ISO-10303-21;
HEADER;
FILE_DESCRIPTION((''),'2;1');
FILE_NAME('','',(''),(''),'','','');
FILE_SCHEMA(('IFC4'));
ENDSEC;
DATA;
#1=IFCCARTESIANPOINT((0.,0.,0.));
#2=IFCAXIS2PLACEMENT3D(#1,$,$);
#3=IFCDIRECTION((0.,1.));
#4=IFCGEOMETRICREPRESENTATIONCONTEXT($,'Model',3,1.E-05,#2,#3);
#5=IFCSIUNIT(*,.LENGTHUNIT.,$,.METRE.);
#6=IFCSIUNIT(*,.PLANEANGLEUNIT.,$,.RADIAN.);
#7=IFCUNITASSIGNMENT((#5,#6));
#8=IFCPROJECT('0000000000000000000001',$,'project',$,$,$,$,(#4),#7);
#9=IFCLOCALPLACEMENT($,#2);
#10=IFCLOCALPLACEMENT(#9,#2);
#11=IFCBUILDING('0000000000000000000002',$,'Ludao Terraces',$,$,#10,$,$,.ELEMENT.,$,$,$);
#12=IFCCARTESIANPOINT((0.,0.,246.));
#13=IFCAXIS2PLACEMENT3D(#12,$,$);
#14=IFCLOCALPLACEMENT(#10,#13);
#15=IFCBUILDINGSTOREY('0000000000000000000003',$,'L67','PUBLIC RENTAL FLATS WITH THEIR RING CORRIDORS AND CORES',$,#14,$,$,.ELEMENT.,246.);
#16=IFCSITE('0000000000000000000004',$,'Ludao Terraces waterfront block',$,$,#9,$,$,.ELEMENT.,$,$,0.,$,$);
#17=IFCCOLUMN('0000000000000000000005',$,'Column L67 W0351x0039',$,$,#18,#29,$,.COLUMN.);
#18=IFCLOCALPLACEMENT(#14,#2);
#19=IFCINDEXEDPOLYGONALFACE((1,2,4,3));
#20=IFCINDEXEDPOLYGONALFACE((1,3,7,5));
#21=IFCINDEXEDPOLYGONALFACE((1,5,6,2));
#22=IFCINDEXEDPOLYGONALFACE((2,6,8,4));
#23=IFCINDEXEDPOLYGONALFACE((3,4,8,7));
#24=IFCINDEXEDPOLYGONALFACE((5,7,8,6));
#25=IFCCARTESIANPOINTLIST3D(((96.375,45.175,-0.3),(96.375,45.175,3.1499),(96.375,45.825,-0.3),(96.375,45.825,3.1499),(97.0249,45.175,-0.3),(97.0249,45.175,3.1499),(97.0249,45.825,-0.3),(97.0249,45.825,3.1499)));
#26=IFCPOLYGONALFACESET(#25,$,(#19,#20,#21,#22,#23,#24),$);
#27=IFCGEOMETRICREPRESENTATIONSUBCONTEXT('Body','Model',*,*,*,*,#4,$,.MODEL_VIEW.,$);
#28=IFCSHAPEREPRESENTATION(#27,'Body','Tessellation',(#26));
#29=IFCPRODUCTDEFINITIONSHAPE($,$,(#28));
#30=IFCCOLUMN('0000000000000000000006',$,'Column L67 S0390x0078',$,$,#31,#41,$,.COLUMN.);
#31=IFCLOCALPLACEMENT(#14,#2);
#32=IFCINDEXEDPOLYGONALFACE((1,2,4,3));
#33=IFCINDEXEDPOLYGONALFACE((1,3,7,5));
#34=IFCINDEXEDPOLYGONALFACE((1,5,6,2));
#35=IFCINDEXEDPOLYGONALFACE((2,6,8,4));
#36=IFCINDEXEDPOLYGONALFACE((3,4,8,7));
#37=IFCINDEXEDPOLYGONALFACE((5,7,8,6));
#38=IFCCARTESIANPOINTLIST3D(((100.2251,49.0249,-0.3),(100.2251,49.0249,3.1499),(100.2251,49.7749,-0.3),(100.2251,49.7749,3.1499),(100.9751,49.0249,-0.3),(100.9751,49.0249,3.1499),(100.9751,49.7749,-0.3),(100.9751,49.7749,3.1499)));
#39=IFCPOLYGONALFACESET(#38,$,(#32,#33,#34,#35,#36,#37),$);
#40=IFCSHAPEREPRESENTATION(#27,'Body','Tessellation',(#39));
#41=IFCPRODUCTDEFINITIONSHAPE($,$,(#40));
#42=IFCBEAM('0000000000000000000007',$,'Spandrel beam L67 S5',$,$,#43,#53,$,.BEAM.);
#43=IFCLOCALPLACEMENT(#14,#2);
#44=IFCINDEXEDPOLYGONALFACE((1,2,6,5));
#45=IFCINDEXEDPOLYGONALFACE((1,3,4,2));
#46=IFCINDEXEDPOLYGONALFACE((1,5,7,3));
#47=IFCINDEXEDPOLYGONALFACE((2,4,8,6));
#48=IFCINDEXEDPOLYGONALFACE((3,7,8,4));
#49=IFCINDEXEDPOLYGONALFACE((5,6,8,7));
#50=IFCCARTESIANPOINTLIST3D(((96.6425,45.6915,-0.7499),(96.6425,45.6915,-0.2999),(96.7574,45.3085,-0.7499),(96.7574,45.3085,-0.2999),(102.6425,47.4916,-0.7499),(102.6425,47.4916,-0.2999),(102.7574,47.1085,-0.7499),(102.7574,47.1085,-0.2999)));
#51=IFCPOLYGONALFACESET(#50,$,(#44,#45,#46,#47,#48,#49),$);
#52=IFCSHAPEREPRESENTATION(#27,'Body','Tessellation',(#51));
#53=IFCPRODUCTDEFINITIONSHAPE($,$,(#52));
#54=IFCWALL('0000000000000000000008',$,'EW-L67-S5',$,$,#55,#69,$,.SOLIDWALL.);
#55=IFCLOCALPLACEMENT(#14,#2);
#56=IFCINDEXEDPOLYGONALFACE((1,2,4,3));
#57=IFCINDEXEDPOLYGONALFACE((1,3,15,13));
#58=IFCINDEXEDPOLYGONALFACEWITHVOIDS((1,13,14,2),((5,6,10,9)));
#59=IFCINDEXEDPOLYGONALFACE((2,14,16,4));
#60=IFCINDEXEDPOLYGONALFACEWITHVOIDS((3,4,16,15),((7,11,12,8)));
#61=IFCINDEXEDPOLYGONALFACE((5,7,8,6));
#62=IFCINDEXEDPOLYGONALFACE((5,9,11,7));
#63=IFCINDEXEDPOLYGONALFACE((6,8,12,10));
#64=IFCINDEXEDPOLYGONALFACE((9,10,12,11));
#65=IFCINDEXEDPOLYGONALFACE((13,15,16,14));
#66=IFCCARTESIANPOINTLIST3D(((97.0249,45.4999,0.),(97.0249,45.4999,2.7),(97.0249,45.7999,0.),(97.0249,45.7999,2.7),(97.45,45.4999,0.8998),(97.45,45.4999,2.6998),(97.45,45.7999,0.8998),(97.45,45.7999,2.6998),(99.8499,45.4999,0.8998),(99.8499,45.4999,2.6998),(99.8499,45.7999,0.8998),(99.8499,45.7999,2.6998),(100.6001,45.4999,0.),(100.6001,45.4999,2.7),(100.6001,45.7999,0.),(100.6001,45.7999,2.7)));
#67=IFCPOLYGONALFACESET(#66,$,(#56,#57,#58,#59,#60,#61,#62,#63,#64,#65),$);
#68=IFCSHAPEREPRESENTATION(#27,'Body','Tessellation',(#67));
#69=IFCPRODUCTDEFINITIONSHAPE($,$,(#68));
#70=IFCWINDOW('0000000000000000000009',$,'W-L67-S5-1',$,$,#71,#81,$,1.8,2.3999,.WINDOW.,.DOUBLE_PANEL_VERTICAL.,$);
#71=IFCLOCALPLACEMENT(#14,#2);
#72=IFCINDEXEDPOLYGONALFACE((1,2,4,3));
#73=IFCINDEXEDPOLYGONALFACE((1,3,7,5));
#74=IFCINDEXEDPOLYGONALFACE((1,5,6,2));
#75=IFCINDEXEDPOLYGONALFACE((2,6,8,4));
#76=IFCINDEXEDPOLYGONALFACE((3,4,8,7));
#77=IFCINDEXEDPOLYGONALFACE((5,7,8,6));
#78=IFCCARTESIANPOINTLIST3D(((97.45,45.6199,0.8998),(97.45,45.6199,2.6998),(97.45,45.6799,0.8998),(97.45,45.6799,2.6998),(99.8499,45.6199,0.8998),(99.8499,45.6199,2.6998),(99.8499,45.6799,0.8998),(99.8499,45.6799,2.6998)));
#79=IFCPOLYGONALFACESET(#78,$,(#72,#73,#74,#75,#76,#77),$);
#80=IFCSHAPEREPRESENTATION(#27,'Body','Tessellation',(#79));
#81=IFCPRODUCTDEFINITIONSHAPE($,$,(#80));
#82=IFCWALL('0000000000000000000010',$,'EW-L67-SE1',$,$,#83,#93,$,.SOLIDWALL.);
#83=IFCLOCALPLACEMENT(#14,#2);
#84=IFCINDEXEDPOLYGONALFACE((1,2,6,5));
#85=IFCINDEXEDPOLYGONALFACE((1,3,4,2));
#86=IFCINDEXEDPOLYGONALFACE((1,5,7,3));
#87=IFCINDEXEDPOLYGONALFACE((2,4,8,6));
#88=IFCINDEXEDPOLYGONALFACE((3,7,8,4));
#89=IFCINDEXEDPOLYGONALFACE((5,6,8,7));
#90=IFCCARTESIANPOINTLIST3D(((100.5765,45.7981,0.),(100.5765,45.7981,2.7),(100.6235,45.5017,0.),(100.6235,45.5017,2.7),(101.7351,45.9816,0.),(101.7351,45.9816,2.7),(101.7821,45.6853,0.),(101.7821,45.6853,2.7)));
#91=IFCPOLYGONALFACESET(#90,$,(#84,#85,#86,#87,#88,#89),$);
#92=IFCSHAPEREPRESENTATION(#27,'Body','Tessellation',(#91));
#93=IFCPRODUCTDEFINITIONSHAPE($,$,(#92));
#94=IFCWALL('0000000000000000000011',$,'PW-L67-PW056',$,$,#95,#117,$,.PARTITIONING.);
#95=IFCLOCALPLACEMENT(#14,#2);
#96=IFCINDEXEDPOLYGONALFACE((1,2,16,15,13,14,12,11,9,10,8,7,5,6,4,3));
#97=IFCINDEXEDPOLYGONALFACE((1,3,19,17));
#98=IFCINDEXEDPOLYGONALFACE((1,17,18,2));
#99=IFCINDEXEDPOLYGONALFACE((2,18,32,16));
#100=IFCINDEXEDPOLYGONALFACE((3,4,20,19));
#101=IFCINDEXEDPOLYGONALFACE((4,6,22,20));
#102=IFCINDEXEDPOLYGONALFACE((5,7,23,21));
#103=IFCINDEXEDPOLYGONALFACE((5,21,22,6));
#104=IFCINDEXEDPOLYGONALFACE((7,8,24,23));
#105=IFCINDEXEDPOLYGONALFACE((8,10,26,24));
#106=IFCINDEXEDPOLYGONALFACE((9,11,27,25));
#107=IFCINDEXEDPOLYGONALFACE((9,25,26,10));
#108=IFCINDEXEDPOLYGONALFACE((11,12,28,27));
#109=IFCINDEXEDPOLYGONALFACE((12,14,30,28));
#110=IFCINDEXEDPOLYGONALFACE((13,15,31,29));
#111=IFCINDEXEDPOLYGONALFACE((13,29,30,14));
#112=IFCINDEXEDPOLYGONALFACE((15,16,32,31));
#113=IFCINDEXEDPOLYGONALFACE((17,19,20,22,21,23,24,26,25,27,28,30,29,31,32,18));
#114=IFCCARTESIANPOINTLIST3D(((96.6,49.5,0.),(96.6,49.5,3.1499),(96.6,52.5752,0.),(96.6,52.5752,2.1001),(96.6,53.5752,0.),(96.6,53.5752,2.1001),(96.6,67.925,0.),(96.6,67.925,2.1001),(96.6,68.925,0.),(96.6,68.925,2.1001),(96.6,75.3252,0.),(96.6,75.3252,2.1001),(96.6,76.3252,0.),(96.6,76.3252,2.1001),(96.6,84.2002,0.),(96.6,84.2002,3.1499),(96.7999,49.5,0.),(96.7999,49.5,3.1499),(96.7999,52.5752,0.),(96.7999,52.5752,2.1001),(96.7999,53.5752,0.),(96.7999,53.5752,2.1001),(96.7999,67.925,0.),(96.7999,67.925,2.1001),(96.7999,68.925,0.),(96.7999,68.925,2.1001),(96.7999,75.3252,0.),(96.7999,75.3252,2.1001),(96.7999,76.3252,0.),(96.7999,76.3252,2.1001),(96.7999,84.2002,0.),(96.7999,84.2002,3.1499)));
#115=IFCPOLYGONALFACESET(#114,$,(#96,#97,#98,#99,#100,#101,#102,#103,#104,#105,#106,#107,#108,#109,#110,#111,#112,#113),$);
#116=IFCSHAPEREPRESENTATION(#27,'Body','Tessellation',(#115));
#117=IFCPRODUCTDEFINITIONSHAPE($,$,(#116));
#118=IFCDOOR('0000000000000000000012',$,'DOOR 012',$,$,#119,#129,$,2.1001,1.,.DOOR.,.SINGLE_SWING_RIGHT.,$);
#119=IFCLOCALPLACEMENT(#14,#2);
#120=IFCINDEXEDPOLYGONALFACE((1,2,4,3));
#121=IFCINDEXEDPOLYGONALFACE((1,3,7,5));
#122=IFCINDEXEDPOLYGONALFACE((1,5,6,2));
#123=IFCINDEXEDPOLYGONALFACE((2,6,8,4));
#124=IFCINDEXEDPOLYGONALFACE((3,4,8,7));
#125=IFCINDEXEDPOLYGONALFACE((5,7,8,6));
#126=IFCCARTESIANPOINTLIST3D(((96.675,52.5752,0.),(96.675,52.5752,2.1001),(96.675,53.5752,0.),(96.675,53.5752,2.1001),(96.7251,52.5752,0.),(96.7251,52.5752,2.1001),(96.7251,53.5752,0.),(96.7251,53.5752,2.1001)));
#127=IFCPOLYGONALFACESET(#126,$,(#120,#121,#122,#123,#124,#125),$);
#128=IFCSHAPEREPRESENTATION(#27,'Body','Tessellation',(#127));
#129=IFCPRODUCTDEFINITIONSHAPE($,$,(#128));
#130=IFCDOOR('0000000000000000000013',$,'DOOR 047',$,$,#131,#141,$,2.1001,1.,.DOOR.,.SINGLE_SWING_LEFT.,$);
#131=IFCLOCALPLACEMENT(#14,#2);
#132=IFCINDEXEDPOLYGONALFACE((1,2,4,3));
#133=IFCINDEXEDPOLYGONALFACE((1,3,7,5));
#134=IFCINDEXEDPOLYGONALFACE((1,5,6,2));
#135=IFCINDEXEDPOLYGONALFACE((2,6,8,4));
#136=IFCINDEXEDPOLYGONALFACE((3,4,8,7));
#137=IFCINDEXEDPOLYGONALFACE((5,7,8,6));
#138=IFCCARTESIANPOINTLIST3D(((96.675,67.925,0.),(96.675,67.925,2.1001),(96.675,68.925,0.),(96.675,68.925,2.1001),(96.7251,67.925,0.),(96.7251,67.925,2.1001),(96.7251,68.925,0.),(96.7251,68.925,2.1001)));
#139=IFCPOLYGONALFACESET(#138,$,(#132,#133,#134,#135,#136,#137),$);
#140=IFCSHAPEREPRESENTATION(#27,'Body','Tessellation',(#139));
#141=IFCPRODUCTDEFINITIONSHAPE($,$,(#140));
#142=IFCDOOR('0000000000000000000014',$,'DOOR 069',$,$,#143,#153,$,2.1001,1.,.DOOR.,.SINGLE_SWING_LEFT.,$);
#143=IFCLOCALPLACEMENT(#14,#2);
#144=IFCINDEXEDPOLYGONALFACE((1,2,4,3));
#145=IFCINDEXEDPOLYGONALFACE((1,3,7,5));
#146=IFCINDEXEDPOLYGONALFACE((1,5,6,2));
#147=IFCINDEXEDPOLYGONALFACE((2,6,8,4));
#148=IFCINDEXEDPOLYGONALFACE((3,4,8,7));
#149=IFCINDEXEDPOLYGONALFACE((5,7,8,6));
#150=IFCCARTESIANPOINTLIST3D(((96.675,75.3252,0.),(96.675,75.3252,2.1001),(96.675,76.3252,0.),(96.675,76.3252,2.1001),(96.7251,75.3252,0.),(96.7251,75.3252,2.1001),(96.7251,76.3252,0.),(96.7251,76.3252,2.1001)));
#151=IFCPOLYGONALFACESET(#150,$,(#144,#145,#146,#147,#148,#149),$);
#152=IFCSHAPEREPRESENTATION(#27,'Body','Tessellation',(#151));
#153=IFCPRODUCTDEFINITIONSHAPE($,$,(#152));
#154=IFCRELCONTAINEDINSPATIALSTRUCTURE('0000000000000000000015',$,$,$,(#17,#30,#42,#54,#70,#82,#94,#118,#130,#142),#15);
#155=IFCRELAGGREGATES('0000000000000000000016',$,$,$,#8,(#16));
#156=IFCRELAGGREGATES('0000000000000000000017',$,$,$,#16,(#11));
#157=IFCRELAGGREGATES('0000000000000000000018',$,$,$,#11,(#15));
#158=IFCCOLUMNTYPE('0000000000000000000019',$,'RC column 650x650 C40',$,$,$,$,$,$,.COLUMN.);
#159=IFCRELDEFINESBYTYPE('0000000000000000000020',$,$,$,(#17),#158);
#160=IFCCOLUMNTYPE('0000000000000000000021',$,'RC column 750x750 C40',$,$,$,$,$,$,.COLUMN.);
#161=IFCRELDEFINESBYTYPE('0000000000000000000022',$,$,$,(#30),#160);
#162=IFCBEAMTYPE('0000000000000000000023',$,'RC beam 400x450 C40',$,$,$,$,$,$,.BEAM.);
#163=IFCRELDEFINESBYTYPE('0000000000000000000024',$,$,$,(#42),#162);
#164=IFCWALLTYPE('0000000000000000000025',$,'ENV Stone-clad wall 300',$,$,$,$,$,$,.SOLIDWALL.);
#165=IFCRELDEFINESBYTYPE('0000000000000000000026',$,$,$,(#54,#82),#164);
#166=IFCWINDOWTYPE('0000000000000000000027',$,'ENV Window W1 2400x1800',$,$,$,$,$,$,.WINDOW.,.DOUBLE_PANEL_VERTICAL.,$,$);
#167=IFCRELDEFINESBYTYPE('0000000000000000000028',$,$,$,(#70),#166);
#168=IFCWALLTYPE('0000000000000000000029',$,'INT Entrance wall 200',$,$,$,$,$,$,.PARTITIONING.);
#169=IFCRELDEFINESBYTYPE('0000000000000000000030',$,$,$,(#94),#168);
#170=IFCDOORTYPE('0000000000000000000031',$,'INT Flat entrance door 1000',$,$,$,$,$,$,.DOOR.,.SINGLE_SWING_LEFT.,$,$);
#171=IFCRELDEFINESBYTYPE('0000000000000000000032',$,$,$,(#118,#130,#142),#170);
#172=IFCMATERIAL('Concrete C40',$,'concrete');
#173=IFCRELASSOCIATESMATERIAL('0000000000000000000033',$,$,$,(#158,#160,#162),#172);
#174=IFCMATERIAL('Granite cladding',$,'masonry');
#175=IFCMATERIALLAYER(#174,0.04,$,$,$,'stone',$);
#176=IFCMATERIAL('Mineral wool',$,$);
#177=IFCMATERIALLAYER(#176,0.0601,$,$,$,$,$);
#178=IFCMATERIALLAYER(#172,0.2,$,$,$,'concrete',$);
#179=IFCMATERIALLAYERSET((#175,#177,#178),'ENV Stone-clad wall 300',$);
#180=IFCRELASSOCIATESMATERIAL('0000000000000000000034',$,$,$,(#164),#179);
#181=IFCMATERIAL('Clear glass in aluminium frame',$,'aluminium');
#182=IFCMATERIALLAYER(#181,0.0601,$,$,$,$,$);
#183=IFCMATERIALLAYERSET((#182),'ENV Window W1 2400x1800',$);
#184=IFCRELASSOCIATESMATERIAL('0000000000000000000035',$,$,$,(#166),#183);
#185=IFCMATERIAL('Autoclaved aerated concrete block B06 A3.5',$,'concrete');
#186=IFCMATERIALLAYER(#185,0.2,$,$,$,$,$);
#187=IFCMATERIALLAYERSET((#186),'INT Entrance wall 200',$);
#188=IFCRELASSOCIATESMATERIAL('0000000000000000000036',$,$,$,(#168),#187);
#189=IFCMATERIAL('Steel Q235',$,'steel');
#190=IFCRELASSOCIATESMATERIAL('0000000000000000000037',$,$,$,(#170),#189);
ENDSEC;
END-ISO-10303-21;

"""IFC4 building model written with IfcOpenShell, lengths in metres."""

from ifc_helpers import new_model, si_unit, direction, frame, frame_2d, origin, origin_2d, place, context, subcontext, project, spatial, rectangle, extrude, material, layer, layer_set, material_profile, profile_set, type_object, element, fill, save


model = new_model("IFC4")

# Units and contexts
model_context = context("Model", 3, precision=1e-05, world=origin(), true_north=direction((0.0, 1.0)))
body_context = subcontext(model_context, "Body", "Model", "MODEL_VIEW")
ifc_project = project(units=[si_unit("LENGTHUNIT", "METRE"), si_unit("PLANEANGLEUNIT", "RADIAN")], contexts=[model_context])

# Site, building, storey
site_placement = place(None, origin())
site = spatial("IfcSite", under=ifc_project, at=site_placement, Name="Ludao Terraces waterfront block", CompositionType="ELEMENT", RefElevation=0.0)
building_placement = place(site_placement, origin())
building = spatial("IfcBuilding", under=site, at=building_placement, Name="Ludao Terraces", CompositionType="ELEMENT")
storey_placement = place(building_placement, frame((0.0, 0.0, 246.0)))
storey = spatial("IfcBuildingStorey", under=building, at=storey_placement, Name="L67", Description="PUBLIC RENTAL FLATS WITH THEIR RING CORRIDORS AND CORES", CompositionType="ELEMENT", Elevation=246.0)

# Columns
ifc_material_1 = material(Name="Concrete C40", Category="concrete")
ifc_material_profile_1 = material_profile(ifc_material_1, rectangle(XDim=0.6499, YDim=0.6499, at=origin_2d()), Name="650 X 650")
ifc_profile_set_1 = profile_set([ifc_material_profile_1], Name="Concrete C40")
column_type_1 = type_object("IfcColumnType", Name="RC column 650x650 C40", PredefinedType="COLUMN", material=ifc_profile_set_1)
column_1_placement = place(storey_placement, frame((96.7, 45.5, -0.3), z_axis=(0.0, 0.0, 1.0), x_axis=(1.0, 0.0, 0.0)))
element("IfcColumn", 1, at=column_1_placement, inside=storey, type_object=column_type_1, Name="Column L67 W0351x0039", PredefinedType="COLUMN", context=body_context, shape_type="SweptSolid", body=[
    extrude(rectangle(XDim=0.6499, YDim=0.6499, at=origin_2d()), origin(), (0.0, 0.0, 1.0), 3.45),
])
ifc_material_profile_2 = material_profile(ifc_material_1, rectangle(XDim=0.75, YDim=0.75, at=origin_2d()), Name="750 X 750")
ifc_profile_set_2 = profile_set([ifc_material_profile_2], Name="Concrete C40")
column_type_2 = type_object("IfcColumnType", Name="RC column 750x750 C40", PredefinedType="COLUMN", material=ifc_profile_set_2)
column_2_placement = place(storey_placement, frame((100.6001, 49.3999, -0.3), z_axis=(0.0, 0.0, 1.0), x_axis=(1.0, 0.0, 0.0)))
element("IfcColumn", 2, at=column_2_placement, inside=storey, type_object=column_type_2, Name="Column L67 S0390x0078", PredefinedType="COLUMN", context=body_context, shape_type="SweptSolid", body=[
    extrude(rectangle(XDim=0.75, YDim=0.75, at=origin_2d()), origin(), (0.0, 0.0, 1.0), 3.45),
])

# Beam
ifc_material_profile_3 = material_profile(ifc_material_1, rectangle(XDim=0.3999, YDim=0.45, at=origin_2d()), Name="400 X 450")
ifc_profile_set_3 = profile_set([ifc_material_profile_3], Name="Concrete C40")
beam_type = type_object("IfcBeamType", Name="RC beam 400x450 C40", PredefinedType="BEAM", material=ifc_profile_set_3)
beam_placement = place(storey_placement, frame((96.7, 45.5, -0.5249), z_axis=(0.957824, 0.287355, 0.0), x_axis=(-0.287355, 0.957824, 0.0)))
element("IfcBeam", 3, at=beam_placement, inside=storey, type_object=beam_type, Name="Spandrel beam L67 S5", PredefinedType="BEAM", context=body_context, shape_type="SweptSolid", body=[
    extrude(rectangle(XDim=0.3999, YDim=0.45, at=origin_2d()), origin(), (0.0, 0.0, 1.0), 6.2642),
])

# Wall, opening, window
ifc_material_2 = material(Name="Granite cladding", Category="masonry")
ifc_layer_1 = layer(ifc_material_2, 0.04, Category="stone")
ifc_material_3 = material(Name="Mineral wool")
ifc_layer_2 = layer(ifc_material_3, 0.0601)
ifc_layer_3 = layer(ifc_material_1, 0.2, Category="concrete")
ifc_layer_set_1 = layer_set([ifc_layer_1, ifc_layer_2, ifc_layer_3], Name="ENV Stone-clad wall 300")
wall_type_1 = type_object("IfcWallType", Name="ENV Stone-clad wall 300", PredefinedType="SOLIDWALL", material=ifc_layer_set_1)
wall_1_placement = place(storey_placement, frame((97.0249, 45.6499, 0.0), z_axis=(0.0, 0.0, 1.0), x_axis=(1.0, 0.0, 0.0)))
wall_1 = element("IfcWall", 4, at=wall_1_placement, inside=storey, type_object=wall_type_1, Name="EW-L67-S5", PredefinedType="SOLIDWALL", context=body_context, shape_type="SweptSolid", body=[
    extrude(rectangle(XDim=3.5752, YDim=0.3, at=frame_2d((1.7876, 0.0))), origin(), (0.0, 0.0, 1.0), 2.7),
])
opening_1_placement = place(wall_1_placement, frame((0.425, 0.0, 0.8999)))
opening_1 = element("IfcOpeningElement", 5, at=opening_1_placement, cuts=wall_1, PredefinedType="OPENING", context=body_context, shape_type="SweptSolid", body=[
    extrude(rectangle(XDim=2.3999, YDim=1.8, at=frame_2d((1.2, 0.8999))), frame((0.0, 0.1602, 0.0), z_axis=(0.0, -1.0, 0.0), x_axis=(1.0, 0.0, 0.0)), (0.0, 0.0, 1.0), 0.3201),
])
ifc_material_4 = material(Name="Clear glass in aluminium frame", Category="aluminium")
ifc_layer_4 = layer(ifc_material_4, 0.0601)
ifc_layer_set_2 = layer_set([ifc_layer_4], Name="ENV Window W1 2400x1800")
window_type = type_object("IfcWindowType", Name="ENV Window W1 2400x1800", PartitioningType="DOUBLE_PANEL_VERTICAL", PredefinedType="WINDOW", material=ifc_layer_set_2)
window_placement = place(opening_1_placement, origin())
window = element("IfcWindow", 6, at=window_placement, inside=storey, type_object=window_type, Name="W-L67-S5-1", OverallHeight=1.8, OverallWidth=2.3999, PartitioningType="DOUBLE_PANEL_VERTICAL", PredefinedType="WINDOW", context=body_context, shape_type="SweptSolid", body=[
    extrude(rectangle(XDim=2.3999, YDim=1.8, at=frame_2d((1.2, 0.8999))), frame((0.0, 0.03, 0.0), z_axis=(0.0, -1.0, 0.0), x_axis=(1.0, 0.0, 0.0)), (0.0, 0.0, 1.0), 0.0601),
])
fill(opening_1, window)

# Wall
wall_2_placement = place(storey_placement, frame((100.6001, 45.6499, 0.0), z_axis=(0.0, 0.0, 1.0), x_axis=(0.987678, 0.156497, 0.0)))
element("IfcWall", 7, at=wall_2_placement, inside=storey, type_object=wall_type_1, Name="EW-L67-SE1", PredefinedType="SOLIDWALL", context=body_context, shape_type="SweptSolid", body=[
    extrude(rectangle(XDim=1.1731, YDim=0.3, at=frame_2d((0.5864, 0.0))), origin(), (0.0, 0.0, 1.0), 2.7),
])

# Wall, openings, doors
ifc_material_5 = material(Name="Autoclaved aerated concrete block B06 A3.5", Category="concrete")
ifc_layer_5 = layer(ifc_material_5, 0.2)
ifc_layer_set_3 = layer_set([ifc_layer_5], Name="INT Entrance wall 200")
wall_type_2 = type_object("IfcWallType", Name="INT Entrance wall 200", PredefinedType="PARTITIONING", material=ifc_layer_set_3)
wall_3_placement = place(storey_placement, frame((96.7, 49.5, 0.0), z_axis=(0.0, 0.0, 1.0), x_axis=(0.0, 1.0, 0.0)))
wall_3 = element("IfcWall", 8, at=wall_3_placement, inside=storey, type_object=wall_type_2, Name="PW-L67-PW056", PredefinedType="PARTITIONING", context=body_context, shape_type="SweptSolid", body=[
    extrude(rectangle(XDim=34.7002, YDim=0.2, at=frame_2d((17.3501, 0.0))), origin(), (0.0, 0.0, 1.0), 3.1499),
])
opening_2_placement = place(wall_3_placement, frame((3.0752, 0.0, 0.0)))
opening_2 = element("IfcOpeningElement", 9, at=opening_2_placement, cuts=wall_3, PredefinedType="OPENING", context=body_context, shape_type="SweptSolid", body=[
    extrude(rectangle(XDim=1.0, YDim=2.1001, at=frame_2d((0.5, 1.05))), frame((0.0, 0.1099, 0.0), z_axis=(0.0, -1.0, 0.0), x_axis=(1.0, 0.0, 0.0)), (0.0, 0.0, 1.0), 0.22),
])
opening_3_placement = place(wall_3_placement, frame((18.425, 0.0, 0.0)))
opening_3 = element("IfcOpeningElement", 10, at=opening_3_placement, cuts=wall_3, PredefinedType="OPENING", context=body_context, shape_type="SweptSolid", body=[
    extrude(rectangle(XDim=1.0, YDim=2.1001, at=frame_2d((0.5, 1.05))), frame((0.0, 0.1099, 0.0), z_axis=(0.0, -1.0, 0.0), x_axis=(1.0, 0.0, 0.0)), (0.0, 0.0, 1.0), 0.22),
])
opening_4_placement = place(wall_3_placement, frame((25.8252, 0.0, 0.0)))
opening_4 = element("IfcOpeningElement", 11, at=opening_4_placement, cuts=wall_3, PredefinedType="OPENING", context=body_context, shape_type="SweptSolid", body=[
    extrude(rectangle(XDim=1.0, YDim=2.1001, at=frame_2d((0.5, 1.05))), frame((0.0, 0.1099, 0.0), z_axis=(0.0, -1.0, 0.0), x_axis=(1.0, 0.0, 0.0)), (0.0, 0.0, 1.0), 0.22),
])
ifc_material_6 = material(Name="Steel Q235", Category="steel")
door_type_1 = type_object("IfcDoorType", Name="INT Flat entrance door 1000", OperationType="SINGLE_SWING_LEFT", PredefinedType="DOOR", material=ifc_material_6)
door_1_placement = place(opening_2_placement, origin())
door_1 = element("IfcDoor", 12, at=door_1_placement, inside=storey, type_object=door_type_1, Name="DOOR 012", OperationType="SINGLE_SWING_RIGHT", OverallHeight=2.1001, OverallWidth=1.0, PredefinedType="DOOR", context=body_context, shape_type="SweptSolid", body=[
    extrude(rectangle(XDim=1.0, YDim=2.1001, at=frame_2d((0.5, 1.05))), frame((0.0, 0.0249, 0.0), z_axis=(0.0, -1.0, 0.0), x_axis=(1.0, 0.0, 0.0)), (0.0, 0.0, 1.0), 0.05),
])
fill(opening_2, door_1)
door_2_placement = place(opening_3_placement, origin())
door_2 = element("IfcDoor", 13, at=door_2_placement, inside=storey, type_object=door_type_1, Name="DOOR 047", OperationType="SINGLE_SWING_LEFT", OverallHeight=2.1001, OverallWidth=1.0, PredefinedType="DOOR", context=body_context, shape_type="SweptSolid", body=[
    extrude(rectangle(XDim=1.0, YDim=2.1001, at=frame_2d((0.5, 1.05))), frame((0.0, 0.0249, 0.0), z_axis=(0.0, -1.0, 0.0), x_axis=(1.0, 0.0, 0.0)), (0.0, 0.0, 1.0), 0.05),
])
fill(opening_3, door_2)
door_3_placement = place(opening_4_placement, origin())
door_3 = element("IfcDoor", 14, at=door_3_placement, inside=storey, type_object=door_type_1, Name="DOOR 069", OperationType="SINGLE_SWING_LEFT", OverallHeight=2.1001, OverallWidth=1.0, PredefinedType="DOOR", context=body_context, shape_type="SweptSolid", body=[
    extrude(rectangle(XDim=1.0, YDim=2.1001, at=frame_2d((0.5, 1.05))), frame((0.0, 0.0249, 0.0), z_axis=(0.0, -1.0, 0.0), x_axis=(1.0, 0.0, 0.0)), (0.0, 0.0, 1.0), 0.05),
])
fill(opening_4, door_3)

save(model, "model.ifc")
